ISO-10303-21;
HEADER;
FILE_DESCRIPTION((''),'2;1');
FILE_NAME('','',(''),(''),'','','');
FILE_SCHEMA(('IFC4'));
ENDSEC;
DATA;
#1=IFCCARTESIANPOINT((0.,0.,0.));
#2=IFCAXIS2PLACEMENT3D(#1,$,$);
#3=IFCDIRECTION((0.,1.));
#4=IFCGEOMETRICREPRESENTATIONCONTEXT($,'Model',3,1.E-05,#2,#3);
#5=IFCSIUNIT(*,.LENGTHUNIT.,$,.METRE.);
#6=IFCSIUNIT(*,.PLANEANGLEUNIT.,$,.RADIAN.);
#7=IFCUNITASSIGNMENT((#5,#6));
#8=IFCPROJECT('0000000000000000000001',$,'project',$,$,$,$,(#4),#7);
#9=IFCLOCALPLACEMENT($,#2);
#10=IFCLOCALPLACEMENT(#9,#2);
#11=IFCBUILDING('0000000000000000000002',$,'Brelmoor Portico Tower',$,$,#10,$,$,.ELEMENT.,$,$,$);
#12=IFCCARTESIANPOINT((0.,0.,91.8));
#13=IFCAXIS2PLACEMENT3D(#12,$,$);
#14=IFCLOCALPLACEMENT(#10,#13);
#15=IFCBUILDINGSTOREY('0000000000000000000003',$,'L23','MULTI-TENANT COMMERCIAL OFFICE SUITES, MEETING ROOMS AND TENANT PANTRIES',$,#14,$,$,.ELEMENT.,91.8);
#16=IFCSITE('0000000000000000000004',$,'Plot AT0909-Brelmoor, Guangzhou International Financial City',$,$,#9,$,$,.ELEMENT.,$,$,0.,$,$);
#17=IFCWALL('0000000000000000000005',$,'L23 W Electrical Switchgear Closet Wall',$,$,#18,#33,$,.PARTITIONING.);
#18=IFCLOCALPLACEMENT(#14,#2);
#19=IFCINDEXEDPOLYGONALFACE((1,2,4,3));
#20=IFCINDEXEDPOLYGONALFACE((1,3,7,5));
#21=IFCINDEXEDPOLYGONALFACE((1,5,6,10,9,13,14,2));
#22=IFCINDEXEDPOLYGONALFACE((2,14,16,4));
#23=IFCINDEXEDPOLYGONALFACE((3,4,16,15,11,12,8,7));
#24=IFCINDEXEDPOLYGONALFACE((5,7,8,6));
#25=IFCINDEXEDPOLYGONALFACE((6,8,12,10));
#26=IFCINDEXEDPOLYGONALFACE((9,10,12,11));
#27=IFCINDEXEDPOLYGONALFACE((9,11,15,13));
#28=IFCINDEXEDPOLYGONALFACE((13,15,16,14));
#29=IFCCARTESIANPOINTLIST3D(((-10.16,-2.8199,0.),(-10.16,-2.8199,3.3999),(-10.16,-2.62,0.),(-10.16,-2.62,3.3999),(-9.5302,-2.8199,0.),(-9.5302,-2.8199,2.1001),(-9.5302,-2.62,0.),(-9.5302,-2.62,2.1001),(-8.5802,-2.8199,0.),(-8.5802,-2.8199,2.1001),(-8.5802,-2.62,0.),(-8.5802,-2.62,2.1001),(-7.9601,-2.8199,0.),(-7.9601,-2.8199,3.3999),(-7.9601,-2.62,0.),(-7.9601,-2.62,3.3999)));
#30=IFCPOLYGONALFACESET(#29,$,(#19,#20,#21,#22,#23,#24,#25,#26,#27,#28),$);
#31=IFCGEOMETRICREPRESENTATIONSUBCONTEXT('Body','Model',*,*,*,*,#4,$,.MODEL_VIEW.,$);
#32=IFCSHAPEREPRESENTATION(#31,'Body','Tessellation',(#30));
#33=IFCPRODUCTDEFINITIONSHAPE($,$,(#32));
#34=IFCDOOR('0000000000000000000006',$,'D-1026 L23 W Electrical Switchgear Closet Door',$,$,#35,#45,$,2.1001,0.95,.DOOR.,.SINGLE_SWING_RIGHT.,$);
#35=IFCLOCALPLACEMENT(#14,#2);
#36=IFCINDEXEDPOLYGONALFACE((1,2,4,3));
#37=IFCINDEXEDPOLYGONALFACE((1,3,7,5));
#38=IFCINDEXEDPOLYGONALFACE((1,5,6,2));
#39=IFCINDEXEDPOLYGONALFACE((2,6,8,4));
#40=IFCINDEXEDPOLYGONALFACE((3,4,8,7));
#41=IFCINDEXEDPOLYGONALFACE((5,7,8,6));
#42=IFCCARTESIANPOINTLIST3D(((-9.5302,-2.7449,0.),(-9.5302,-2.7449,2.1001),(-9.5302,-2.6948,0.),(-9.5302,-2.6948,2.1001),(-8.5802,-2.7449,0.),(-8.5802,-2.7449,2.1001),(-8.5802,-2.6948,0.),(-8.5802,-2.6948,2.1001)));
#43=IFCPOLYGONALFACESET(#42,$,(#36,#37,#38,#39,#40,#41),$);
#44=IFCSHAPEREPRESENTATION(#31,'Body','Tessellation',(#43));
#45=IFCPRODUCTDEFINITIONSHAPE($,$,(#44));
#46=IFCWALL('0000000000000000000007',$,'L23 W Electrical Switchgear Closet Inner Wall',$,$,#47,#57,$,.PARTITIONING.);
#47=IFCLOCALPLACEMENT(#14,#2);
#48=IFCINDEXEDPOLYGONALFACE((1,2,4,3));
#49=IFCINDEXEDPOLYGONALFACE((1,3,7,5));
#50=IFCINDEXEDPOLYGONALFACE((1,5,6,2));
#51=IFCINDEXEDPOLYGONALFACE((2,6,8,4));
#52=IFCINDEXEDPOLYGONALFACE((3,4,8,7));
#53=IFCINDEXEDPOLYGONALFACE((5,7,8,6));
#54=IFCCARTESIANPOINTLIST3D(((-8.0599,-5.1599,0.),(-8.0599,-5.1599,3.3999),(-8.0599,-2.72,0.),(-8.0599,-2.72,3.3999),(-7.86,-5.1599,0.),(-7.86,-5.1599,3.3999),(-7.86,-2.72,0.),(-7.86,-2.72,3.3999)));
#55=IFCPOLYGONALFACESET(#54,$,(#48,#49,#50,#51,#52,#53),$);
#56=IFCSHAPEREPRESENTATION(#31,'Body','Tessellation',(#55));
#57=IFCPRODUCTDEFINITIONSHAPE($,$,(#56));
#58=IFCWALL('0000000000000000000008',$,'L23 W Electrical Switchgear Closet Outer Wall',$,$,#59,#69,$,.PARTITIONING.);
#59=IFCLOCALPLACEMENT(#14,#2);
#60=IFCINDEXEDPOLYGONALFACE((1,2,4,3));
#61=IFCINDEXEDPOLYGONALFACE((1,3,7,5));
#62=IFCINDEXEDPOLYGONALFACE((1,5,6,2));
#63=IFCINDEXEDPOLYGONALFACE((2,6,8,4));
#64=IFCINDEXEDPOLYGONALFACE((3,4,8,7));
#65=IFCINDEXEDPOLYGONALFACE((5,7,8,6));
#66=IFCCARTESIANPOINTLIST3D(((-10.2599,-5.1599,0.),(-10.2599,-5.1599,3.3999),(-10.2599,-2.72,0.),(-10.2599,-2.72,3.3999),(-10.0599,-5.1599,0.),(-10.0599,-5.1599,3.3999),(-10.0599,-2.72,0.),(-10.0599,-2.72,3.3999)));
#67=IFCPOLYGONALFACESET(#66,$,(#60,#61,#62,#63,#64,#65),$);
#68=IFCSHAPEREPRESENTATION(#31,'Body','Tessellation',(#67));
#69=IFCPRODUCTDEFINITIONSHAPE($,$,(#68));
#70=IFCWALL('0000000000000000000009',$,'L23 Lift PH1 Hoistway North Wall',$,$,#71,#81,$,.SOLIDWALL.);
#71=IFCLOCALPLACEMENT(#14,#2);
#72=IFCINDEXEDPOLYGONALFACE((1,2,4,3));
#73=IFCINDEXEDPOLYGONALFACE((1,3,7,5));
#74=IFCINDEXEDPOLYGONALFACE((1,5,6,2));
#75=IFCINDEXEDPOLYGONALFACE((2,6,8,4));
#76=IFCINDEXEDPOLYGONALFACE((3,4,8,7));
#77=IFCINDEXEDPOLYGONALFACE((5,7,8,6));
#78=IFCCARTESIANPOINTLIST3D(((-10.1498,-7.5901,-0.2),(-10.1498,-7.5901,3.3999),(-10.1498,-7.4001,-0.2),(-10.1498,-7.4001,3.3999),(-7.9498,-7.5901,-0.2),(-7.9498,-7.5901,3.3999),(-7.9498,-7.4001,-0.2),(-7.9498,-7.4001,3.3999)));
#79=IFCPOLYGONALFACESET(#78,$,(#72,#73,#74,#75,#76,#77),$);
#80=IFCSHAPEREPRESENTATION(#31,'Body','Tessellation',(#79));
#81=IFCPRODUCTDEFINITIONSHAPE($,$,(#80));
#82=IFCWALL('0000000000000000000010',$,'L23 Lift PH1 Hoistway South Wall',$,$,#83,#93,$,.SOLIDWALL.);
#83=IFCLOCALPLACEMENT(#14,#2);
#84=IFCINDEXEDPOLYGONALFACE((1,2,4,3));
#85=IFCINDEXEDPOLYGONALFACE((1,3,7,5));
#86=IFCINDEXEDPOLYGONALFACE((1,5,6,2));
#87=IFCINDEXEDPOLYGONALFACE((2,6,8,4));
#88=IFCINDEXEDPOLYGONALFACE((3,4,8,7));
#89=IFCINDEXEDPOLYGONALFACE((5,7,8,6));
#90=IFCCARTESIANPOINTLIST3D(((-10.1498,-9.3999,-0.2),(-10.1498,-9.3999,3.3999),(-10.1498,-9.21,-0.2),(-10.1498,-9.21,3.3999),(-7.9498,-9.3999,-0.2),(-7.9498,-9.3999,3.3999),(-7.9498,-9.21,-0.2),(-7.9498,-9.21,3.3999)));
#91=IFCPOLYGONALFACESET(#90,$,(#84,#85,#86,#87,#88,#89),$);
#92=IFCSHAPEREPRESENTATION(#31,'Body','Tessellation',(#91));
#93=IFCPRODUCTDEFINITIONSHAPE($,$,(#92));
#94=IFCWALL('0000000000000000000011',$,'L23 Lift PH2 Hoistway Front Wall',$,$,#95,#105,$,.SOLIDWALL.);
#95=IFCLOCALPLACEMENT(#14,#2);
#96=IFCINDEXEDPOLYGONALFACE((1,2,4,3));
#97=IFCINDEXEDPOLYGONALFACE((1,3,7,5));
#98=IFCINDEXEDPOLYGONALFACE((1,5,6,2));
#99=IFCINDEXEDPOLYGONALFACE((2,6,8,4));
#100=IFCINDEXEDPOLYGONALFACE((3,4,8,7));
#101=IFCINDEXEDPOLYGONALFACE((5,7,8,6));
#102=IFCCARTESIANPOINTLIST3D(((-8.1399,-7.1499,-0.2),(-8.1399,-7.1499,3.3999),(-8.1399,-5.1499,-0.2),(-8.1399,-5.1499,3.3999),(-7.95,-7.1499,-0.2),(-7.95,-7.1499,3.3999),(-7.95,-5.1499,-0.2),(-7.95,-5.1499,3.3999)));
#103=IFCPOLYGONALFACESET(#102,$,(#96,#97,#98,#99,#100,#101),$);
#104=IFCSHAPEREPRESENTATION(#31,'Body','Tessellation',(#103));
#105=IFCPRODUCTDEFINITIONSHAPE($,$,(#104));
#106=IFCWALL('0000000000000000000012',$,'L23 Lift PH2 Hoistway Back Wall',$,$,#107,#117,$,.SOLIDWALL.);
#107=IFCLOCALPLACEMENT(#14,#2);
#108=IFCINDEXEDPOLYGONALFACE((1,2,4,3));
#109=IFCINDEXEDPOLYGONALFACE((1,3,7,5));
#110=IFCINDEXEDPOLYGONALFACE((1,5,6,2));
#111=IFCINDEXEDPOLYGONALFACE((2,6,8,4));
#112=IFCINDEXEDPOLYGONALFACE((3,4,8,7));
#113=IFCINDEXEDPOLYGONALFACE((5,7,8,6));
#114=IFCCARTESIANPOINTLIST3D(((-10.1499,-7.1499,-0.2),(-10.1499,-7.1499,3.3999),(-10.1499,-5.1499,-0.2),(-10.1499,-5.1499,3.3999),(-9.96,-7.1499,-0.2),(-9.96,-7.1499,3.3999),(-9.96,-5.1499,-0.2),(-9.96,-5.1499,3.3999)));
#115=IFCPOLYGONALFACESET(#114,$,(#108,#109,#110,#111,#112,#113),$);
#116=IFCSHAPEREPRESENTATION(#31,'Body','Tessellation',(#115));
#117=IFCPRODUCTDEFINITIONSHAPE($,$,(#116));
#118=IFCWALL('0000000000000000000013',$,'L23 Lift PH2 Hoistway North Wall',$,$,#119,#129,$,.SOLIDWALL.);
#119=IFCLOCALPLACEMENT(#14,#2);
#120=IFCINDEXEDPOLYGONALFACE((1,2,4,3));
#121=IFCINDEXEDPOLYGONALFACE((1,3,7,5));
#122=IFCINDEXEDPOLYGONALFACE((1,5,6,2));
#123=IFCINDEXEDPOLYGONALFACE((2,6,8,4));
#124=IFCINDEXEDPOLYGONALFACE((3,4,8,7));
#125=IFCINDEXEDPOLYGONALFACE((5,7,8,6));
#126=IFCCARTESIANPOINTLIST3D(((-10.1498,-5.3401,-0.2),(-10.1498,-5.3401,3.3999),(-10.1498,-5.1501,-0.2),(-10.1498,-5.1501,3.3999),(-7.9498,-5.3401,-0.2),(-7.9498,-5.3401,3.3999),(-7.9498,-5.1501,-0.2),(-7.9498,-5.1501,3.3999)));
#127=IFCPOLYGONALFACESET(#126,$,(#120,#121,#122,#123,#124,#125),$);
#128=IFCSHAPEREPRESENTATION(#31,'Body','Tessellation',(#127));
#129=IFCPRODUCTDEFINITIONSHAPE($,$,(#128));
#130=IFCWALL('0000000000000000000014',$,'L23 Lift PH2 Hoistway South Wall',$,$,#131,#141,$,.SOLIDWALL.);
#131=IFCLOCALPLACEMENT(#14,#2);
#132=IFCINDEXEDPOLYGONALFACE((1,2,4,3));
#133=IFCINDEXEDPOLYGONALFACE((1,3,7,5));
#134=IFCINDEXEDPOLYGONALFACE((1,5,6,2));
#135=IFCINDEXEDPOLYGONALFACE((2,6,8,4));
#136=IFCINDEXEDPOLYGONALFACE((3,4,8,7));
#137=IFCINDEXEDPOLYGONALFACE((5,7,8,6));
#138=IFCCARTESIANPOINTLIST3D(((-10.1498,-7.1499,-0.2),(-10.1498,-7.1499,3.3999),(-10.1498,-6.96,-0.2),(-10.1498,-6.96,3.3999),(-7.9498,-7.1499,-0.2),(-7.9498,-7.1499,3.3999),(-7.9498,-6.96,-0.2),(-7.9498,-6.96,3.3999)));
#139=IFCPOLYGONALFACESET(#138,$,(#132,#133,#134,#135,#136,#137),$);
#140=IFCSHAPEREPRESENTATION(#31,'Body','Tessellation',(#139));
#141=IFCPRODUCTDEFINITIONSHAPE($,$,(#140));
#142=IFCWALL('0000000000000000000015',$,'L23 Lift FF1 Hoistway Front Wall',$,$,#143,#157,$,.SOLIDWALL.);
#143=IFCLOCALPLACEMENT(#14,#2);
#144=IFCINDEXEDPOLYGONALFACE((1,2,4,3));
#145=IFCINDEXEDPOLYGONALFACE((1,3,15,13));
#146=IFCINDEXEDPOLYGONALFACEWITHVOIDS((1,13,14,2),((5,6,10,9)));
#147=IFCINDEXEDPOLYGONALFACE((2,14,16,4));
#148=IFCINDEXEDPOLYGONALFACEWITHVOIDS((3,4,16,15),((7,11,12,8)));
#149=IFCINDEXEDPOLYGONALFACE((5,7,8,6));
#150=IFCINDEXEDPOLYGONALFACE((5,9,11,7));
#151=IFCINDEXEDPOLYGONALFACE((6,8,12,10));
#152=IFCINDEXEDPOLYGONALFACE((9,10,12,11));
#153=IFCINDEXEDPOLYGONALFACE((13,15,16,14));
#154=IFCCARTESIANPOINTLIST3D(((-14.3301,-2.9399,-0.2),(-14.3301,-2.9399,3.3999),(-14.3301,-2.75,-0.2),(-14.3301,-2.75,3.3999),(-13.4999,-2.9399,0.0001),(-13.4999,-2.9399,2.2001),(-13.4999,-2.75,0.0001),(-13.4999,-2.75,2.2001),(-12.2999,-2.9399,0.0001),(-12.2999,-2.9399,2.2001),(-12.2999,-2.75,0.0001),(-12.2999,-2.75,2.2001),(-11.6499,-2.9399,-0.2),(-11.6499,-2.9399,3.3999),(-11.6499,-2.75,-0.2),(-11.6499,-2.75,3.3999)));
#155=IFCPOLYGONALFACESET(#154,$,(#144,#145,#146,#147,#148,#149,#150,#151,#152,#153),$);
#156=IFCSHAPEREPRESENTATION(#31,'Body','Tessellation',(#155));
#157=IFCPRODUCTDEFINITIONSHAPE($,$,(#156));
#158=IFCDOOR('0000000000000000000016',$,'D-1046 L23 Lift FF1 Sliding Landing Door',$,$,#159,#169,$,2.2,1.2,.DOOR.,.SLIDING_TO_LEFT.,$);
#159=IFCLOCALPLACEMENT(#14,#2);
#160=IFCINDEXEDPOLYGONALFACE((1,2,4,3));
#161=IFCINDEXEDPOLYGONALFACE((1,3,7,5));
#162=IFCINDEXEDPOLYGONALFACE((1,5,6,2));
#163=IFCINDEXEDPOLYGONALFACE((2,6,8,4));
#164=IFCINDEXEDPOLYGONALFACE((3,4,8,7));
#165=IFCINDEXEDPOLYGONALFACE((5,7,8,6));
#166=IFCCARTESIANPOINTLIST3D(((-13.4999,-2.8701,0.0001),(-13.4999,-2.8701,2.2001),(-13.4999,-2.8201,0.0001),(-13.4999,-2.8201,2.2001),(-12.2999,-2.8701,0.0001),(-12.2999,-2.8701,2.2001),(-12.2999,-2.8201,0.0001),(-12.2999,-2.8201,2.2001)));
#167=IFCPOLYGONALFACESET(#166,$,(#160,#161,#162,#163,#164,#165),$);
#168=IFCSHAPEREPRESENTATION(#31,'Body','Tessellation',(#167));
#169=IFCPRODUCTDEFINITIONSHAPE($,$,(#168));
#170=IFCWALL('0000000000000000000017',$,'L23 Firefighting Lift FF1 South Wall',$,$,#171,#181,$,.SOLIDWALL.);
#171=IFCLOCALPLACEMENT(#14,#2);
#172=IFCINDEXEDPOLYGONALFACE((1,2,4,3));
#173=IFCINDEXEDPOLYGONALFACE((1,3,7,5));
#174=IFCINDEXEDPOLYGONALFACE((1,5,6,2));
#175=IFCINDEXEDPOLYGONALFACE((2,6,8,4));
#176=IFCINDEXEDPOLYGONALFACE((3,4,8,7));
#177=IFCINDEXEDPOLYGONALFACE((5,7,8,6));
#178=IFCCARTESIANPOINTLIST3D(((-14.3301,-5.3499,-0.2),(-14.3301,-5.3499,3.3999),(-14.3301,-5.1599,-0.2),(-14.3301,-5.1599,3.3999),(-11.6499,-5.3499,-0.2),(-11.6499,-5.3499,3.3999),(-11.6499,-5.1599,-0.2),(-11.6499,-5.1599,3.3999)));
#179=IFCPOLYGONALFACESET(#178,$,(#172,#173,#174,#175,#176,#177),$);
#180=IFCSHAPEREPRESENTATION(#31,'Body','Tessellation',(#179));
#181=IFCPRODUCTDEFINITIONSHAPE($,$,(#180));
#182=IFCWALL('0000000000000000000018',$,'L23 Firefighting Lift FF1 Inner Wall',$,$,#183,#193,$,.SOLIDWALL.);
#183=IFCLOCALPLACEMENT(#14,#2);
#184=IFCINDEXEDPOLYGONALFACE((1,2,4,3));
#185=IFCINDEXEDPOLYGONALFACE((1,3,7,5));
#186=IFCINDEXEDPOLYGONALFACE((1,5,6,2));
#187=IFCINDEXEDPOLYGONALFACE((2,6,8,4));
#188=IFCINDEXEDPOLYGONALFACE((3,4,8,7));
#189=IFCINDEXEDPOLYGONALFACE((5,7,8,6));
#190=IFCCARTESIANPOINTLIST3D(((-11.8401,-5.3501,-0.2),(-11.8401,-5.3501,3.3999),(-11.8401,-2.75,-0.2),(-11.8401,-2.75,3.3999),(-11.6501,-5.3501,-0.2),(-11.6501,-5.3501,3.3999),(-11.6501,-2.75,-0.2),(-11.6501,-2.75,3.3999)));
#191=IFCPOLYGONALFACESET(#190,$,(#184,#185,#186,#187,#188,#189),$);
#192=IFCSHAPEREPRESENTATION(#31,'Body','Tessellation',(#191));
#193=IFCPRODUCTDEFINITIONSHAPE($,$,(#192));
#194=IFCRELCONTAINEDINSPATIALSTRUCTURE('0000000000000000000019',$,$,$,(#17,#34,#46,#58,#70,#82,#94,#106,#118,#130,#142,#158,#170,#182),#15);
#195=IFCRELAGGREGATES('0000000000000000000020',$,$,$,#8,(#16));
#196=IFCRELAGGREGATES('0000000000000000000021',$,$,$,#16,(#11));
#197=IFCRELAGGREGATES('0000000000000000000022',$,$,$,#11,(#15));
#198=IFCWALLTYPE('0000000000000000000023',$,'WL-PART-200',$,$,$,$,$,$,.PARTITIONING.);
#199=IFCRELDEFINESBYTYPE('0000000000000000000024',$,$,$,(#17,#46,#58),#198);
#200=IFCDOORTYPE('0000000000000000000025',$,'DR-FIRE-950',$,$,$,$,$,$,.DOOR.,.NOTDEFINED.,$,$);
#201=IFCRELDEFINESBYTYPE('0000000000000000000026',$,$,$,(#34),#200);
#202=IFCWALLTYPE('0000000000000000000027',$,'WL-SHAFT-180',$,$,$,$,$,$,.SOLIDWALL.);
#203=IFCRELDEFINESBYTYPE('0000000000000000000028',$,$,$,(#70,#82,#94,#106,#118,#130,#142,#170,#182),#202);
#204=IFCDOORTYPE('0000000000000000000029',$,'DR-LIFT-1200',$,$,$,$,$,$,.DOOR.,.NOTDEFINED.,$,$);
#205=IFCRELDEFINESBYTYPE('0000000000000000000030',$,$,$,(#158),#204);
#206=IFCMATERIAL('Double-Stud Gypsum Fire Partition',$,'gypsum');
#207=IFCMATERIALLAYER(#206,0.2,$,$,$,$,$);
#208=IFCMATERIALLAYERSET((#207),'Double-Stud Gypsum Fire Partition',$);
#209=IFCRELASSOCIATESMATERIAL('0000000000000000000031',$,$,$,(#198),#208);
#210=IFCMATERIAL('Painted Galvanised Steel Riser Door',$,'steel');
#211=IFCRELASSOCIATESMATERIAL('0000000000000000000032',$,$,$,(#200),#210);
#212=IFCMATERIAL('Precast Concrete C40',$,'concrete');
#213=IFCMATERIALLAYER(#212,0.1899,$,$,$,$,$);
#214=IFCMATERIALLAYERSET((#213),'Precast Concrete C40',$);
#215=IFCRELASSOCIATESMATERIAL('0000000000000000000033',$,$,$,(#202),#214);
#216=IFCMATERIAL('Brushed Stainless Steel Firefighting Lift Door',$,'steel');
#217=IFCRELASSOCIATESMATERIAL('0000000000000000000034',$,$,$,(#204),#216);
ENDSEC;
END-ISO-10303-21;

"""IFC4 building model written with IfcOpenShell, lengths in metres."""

from ifc_helpers import new_model, si_unit, direction, frame, frame_2d, origin, place, context, subcontext, project, spatial, rectangle, extrude, material, layer, layer_set, type_object, element, fill, save


model = new_model("IFC4")

# Units and contexts
model_context = context("Model", 3, precision=1e-05, world=origin(), true_north=direction((0.0, 1.0)))
body_context = subcontext(model_context, "Body", "Model", "MODEL_VIEW")
ifc_project = project(units=[si_unit("LENGTHUNIT", "METRE"), si_unit("PLANEANGLEUNIT", "RADIAN")], contexts=[model_context])

# Site, building, storey
site_placement = place(None, origin())
site = spatial("IfcSite", under=ifc_project, at=site_placement, Name="Plot AT0909-Brelmoor, Guangzhou International Financial City", CompositionType="ELEMENT", RefElevation=0.0)
building_placement = place(site_placement, origin())
building = spatial("IfcBuilding", under=site, at=building_placement, Name="Brelmoor Portico Tower", CompositionType="ELEMENT")
storey_placement = place(building_placement, frame((0.0, 0.0, 91.8)))
storey = spatial("IfcBuildingStorey", under=building, at=storey_placement, Name="L23", Description="MULTI-TENANT COMMERCIAL OFFICE SUITES, MEETING ROOMS AND TENANT PANTRIES", CompositionType="ELEMENT", Elevation=91.8)

# Wall, opening, door
ifc_material_1 = material(Name="Double-Stud Gypsum Fire Partition", Category="gypsum")
ifc_layer_1 = layer(ifc_material_1, 0.2)
ifc_layer_set_1 = layer_set([ifc_layer_1], Name="Double-Stud Gypsum Fire Partition")
wall_type_1 = type_object("IfcWallType", Name="WL-PART-200", PredefinedType="PARTITIONING", material=ifc_layer_set_1)
wall_1_placement = place(storey_placement, frame((-7.96, -2.72, 0.0), z_axis=(0.0, 0.0, 1.0), x_axis=(-1.0, 0.0, 0.0)))
wall_1 = element("IfcWall", 1, at=wall_1_placement, inside=storey, type_object=wall_type_1, Name="L23 W Electrical Switchgear Closet Wall", PredefinedType="PARTITIONING", context=body_context, shape_type="SweptSolid", body=[
    extrude(rectangle(XDim=2.2, YDim=0.2, at=frame_2d((1.1001, 0.0))), origin(), (0.0, 0.0, 1.0), 3.3999),
])
opening_1_placement = place(wall_1_placement, frame((0.6201, 0.0, 0.0)))
opening_1 = element("IfcOpeningElement", 2, at=opening_1_placement, cuts=wall_1, PredefinedType="OPENING", context=body_context, shape_type="SweptSolid", body=[
    extrude(rectangle(XDim=0.95, YDim=2.1001, at=frame_2d((0.4751, 1.05))), frame((0.0, 0.1099, 0.0), z_axis=(0.0, -1.0, 0.0), x_axis=(1.0, 0.0, 0.0)), (0.0, 0.0, 1.0), 0.22),
])
ifc_material_2 = material(Name="Painted Galvanised Steel Riser Door", Category="steel")
door_type_1 = type_object("IfcDoorType", Name="DR-FIRE-950", OperationType="NOTDEFINED", PredefinedType="DOOR", material=ifc_material_2)
door_1_placement = place(opening_1_placement, origin())
door_1 = element("IfcDoor", 3, at=door_1_placement, inside=storey, type_object=door_type_1, Name="D-1026 L23 W Electrical Switchgear Closet Door", OperationType="SINGLE_SWING_RIGHT", OverallHeight=2.1001, OverallWidth=0.95, PredefinedType="DOOR", context=body_context, shape_type="SweptSolid", body=[
    extrude(rectangle(XDim=0.95, YDim=2.1001, at=frame_2d((0.4751, 1.05))), frame((0.0, 0.0249, 0.0), z_axis=(0.0, -1.0, 0.0), x_axis=(1.0, 0.0, 0.0)), (0.0, 0.0, 1.0), 0.05),
])
fill(opening_1, door_1)

# Walls
for number, where, z_axis, x_axis, name in (
    (4, (-7.96, -5.1599, 0.0), (0.0, 0.0, 1.0), (0.0, 1.0, 0.0), "L23 W Electrical Switchgear Closet Inner Wall"),
    (5, (-10.1599, -5.1599, 0.0), (0.0, 0.0, 1.0), (0.0, 1.0, 0.0), "L23 W Electrical Switchgear Closet Outer Wall"),
):
    element("IfcWall", number, at=place(storey_placement, frame(where, z_axis=z_axis, x_axis=x_axis)), inside=storey, type_object=wall_type_1, Name=name, PredefinedType="PARTITIONING", context=body_context, shape_type="SweptSolid", body=[
        extrude(rectangle(XDim=2.4399, YDim=0.2, at=frame_2d((1.22, 0.0))), origin(), (0.0, 0.0, 1.0), 3.3999),
    ])
ifc_material_3 = material(Name="Precast Concrete C40", Category="concrete")
ifc_layer_2 = layer(ifc_material_3, 0.1899)
ifc_layer_set_2 = layer_set([ifc_layer_2], Name="Precast Concrete C40")
wall_type_2 = type_object("IfcWallType", Name="WL-SHAFT-180", PredefinedType="SOLIDWALL", material=ifc_layer_set_2)
for number, where, z_axis, x_axis, name in (
    (6, (-10.1499, -7.4951, -0.2), (0.0, 0.0, 1.0), (1.0, 0.0, 0.0), "L23 Lift PH1 Hoistway North Wall"),
    (7, (-10.1499, -9.3049, -0.2), (0.0, 0.0, 1.0), (1.0, 0.0, 0.0), "L23 Lift PH1 Hoistway South Wall"),
):
    element("IfcWall", number, at=place(storey_placement, frame(where, z_axis=z_axis, x_axis=x_axis)), inside=storey, type_object=wall_type_2, Name=name, PredefinedType="SOLIDWALL", context=body_context, shape_type="SweptSolid", body=[
        extrude(rectangle(XDim=2.2, YDim=0.1899, at=frame_2d((1.1001, 0.0))), origin(), (0.0, 0.0, 1.0), 3.5999),
    ])
for number, where, z_axis, x_axis, name in (
    (8, (-8.0449, -7.1499, -0.2), (0.0, 0.0, 1.0), (0.0, 1.0, 0.0), "L23 Lift PH2 Hoistway Front Wall"),
    (9, (-10.0549, -7.1499, -0.2), (0.0, 0.0, 1.0), (0.0, 1.0, 0.0), "L23 Lift PH2 Hoistway Back Wall"),
):
    element("IfcWall", number, at=place(storey_placement, frame(where, z_axis=z_axis, x_axis=x_axis)), inside=storey, type_object=wall_type_2, Name=name, PredefinedType="SOLIDWALL", context=body_context, shape_type="SweptSolid", body=[
        extrude(rectangle(XDim=2.0, YDim=0.1899, at=frame_2d((1.0, 0.0))), origin(), (0.0, 0.0, 1.0), 3.5999),
    ])
for number, where, z_axis, x_axis, name in (
    (10, (-10.1499, -5.2451, -0.2), (0.0, 0.0, 1.0), (1.0, 0.0, 0.0), "L23 Lift PH2 Hoistway North Wall"),
    (11, (-10.1499, -7.0549, -0.2), (0.0, 0.0, 1.0), (1.0, 0.0, 0.0), "L23 Lift PH2 Hoistway South Wall"),
):
    element("IfcWall", number, at=place(storey_placement, frame(where, z_axis=z_axis, x_axis=x_axis)), inside=storey, type_object=wall_type_2, Name=name, PredefinedType="SOLIDWALL", context=body_context, shape_type="SweptSolid", body=[
        extrude(rectangle(XDim=2.2, YDim=0.1899, at=frame_2d((1.1001, 0.0))), origin(), (0.0, 0.0, 1.0), 3.5999),
    ])

# Wall, opening, door
wall_2_placement = place(storey_placement, frame((-14.3301, -2.845, -0.2), z_axis=(0.0, 0.0, 1.0), x_axis=(1.0, 0.0, 0.0)))
wall_2 = element("IfcWall", 12, at=wall_2_placement, inside=storey, type_object=wall_type_2, Name="L23 Lift FF1 Hoistway Front Wall", PredefinedType="SOLIDWALL", context=body_context, shape_type="SweptSolid", body=[
    extrude(rectangle(XDim=2.6802, YDim=0.1899, at=frame_2d((1.3401, 0.0))), origin(), (0.0, 0.0, 1.0), 3.5999),
])
opening_2_placement = place(wall_2_placement, frame((0.8301, 0.0, 0.2)))
opening_2 = element("IfcOpeningElement", 13, at=opening_2_placement, cuts=wall_2, PredefinedType="OPENING", context=body_context, shape_type="SweptSolid", body=[
    extrude(rectangle(XDim=1.2, YDim=2.2, at=frame_2d((0.6001, 1.1001))), frame((0.0, 0.105, 0.0), z_axis=(0.0, -1.0, 0.0), x_axis=(1.0, 0.0, 0.0)), (0.0, 0.0, 1.0), 0.21),
])
ifc_material_4 = material(Name="Brushed Stainless Steel Firefighting Lift Door", Category="steel")
door_type_2 = type_object("IfcDoorType", Name="DR-LIFT-1200", OperationType="NOTDEFINED", PredefinedType="DOOR", material=ifc_material_4)
door_2_placement = place(opening_2_placement, origin())
door_2 = element("IfcDoor", 14, at=door_2_placement, inside=storey, type_object=door_type_2, Name="D-1046 L23 Lift FF1 Sliding Landing Door", OperationType="SLIDING_TO_LEFT", OverallHeight=2.2, OverallWidth=1.2, PredefinedType="DOOR", context=body_context, shape_type="SweptSolid", body=[
    extrude(rectangle(XDim=1.2, YDim=2.2, at=frame_2d((0.6001, 1.1001))), frame((0.0, 0.0249, 0.0), z_axis=(0.0, -1.0, 0.0), x_axis=(1.0, 0.0, 0.0)), (0.0, 0.0, 1.0), 0.05),
])
fill(opening_2, door_2)

# Walls
wall_3_placement = place(storey_placement, frame((-14.3301, -5.2549, -0.2), z_axis=(0.0, 0.0, 1.0), x_axis=(1.0, 0.0, 0.0)))
element("IfcWall", 15, at=wall_3_placement, inside=storey, type_object=wall_type_2, Name="L23 Firefighting Lift FF1 South Wall", PredefinedType="SOLIDWALL", context=body_context, shape_type="SweptSolid", body=[
    extrude(rectangle(XDim=2.6802, YDim=0.1899, at=frame_2d((1.3401, 0.0))), origin(), (0.0, 0.0, 1.0), 3.5999),
])
wall_4_placement = place(storey_placement, frame((-11.7451, -5.3501, -0.2), z_axis=(0.0, 0.0, 1.0), x_axis=(0.0, 1.0, 0.0)))
element("IfcWall", 16, at=wall_4_placement, inside=storey, type_object=wall_type_2, Name="L23 Firefighting Lift FF1 Inner Wall", PredefinedType="SOLIDWALL", context=body_context, shape_type="SweptSolid", body=[
    extrude(rectangle(XDim=2.6001, YDim=0.1899, at=frame_2d((1.3, 0.0))), origin(), (0.0, 0.0, 1.0), 3.5999),
])

save(model, "model.ifc")
